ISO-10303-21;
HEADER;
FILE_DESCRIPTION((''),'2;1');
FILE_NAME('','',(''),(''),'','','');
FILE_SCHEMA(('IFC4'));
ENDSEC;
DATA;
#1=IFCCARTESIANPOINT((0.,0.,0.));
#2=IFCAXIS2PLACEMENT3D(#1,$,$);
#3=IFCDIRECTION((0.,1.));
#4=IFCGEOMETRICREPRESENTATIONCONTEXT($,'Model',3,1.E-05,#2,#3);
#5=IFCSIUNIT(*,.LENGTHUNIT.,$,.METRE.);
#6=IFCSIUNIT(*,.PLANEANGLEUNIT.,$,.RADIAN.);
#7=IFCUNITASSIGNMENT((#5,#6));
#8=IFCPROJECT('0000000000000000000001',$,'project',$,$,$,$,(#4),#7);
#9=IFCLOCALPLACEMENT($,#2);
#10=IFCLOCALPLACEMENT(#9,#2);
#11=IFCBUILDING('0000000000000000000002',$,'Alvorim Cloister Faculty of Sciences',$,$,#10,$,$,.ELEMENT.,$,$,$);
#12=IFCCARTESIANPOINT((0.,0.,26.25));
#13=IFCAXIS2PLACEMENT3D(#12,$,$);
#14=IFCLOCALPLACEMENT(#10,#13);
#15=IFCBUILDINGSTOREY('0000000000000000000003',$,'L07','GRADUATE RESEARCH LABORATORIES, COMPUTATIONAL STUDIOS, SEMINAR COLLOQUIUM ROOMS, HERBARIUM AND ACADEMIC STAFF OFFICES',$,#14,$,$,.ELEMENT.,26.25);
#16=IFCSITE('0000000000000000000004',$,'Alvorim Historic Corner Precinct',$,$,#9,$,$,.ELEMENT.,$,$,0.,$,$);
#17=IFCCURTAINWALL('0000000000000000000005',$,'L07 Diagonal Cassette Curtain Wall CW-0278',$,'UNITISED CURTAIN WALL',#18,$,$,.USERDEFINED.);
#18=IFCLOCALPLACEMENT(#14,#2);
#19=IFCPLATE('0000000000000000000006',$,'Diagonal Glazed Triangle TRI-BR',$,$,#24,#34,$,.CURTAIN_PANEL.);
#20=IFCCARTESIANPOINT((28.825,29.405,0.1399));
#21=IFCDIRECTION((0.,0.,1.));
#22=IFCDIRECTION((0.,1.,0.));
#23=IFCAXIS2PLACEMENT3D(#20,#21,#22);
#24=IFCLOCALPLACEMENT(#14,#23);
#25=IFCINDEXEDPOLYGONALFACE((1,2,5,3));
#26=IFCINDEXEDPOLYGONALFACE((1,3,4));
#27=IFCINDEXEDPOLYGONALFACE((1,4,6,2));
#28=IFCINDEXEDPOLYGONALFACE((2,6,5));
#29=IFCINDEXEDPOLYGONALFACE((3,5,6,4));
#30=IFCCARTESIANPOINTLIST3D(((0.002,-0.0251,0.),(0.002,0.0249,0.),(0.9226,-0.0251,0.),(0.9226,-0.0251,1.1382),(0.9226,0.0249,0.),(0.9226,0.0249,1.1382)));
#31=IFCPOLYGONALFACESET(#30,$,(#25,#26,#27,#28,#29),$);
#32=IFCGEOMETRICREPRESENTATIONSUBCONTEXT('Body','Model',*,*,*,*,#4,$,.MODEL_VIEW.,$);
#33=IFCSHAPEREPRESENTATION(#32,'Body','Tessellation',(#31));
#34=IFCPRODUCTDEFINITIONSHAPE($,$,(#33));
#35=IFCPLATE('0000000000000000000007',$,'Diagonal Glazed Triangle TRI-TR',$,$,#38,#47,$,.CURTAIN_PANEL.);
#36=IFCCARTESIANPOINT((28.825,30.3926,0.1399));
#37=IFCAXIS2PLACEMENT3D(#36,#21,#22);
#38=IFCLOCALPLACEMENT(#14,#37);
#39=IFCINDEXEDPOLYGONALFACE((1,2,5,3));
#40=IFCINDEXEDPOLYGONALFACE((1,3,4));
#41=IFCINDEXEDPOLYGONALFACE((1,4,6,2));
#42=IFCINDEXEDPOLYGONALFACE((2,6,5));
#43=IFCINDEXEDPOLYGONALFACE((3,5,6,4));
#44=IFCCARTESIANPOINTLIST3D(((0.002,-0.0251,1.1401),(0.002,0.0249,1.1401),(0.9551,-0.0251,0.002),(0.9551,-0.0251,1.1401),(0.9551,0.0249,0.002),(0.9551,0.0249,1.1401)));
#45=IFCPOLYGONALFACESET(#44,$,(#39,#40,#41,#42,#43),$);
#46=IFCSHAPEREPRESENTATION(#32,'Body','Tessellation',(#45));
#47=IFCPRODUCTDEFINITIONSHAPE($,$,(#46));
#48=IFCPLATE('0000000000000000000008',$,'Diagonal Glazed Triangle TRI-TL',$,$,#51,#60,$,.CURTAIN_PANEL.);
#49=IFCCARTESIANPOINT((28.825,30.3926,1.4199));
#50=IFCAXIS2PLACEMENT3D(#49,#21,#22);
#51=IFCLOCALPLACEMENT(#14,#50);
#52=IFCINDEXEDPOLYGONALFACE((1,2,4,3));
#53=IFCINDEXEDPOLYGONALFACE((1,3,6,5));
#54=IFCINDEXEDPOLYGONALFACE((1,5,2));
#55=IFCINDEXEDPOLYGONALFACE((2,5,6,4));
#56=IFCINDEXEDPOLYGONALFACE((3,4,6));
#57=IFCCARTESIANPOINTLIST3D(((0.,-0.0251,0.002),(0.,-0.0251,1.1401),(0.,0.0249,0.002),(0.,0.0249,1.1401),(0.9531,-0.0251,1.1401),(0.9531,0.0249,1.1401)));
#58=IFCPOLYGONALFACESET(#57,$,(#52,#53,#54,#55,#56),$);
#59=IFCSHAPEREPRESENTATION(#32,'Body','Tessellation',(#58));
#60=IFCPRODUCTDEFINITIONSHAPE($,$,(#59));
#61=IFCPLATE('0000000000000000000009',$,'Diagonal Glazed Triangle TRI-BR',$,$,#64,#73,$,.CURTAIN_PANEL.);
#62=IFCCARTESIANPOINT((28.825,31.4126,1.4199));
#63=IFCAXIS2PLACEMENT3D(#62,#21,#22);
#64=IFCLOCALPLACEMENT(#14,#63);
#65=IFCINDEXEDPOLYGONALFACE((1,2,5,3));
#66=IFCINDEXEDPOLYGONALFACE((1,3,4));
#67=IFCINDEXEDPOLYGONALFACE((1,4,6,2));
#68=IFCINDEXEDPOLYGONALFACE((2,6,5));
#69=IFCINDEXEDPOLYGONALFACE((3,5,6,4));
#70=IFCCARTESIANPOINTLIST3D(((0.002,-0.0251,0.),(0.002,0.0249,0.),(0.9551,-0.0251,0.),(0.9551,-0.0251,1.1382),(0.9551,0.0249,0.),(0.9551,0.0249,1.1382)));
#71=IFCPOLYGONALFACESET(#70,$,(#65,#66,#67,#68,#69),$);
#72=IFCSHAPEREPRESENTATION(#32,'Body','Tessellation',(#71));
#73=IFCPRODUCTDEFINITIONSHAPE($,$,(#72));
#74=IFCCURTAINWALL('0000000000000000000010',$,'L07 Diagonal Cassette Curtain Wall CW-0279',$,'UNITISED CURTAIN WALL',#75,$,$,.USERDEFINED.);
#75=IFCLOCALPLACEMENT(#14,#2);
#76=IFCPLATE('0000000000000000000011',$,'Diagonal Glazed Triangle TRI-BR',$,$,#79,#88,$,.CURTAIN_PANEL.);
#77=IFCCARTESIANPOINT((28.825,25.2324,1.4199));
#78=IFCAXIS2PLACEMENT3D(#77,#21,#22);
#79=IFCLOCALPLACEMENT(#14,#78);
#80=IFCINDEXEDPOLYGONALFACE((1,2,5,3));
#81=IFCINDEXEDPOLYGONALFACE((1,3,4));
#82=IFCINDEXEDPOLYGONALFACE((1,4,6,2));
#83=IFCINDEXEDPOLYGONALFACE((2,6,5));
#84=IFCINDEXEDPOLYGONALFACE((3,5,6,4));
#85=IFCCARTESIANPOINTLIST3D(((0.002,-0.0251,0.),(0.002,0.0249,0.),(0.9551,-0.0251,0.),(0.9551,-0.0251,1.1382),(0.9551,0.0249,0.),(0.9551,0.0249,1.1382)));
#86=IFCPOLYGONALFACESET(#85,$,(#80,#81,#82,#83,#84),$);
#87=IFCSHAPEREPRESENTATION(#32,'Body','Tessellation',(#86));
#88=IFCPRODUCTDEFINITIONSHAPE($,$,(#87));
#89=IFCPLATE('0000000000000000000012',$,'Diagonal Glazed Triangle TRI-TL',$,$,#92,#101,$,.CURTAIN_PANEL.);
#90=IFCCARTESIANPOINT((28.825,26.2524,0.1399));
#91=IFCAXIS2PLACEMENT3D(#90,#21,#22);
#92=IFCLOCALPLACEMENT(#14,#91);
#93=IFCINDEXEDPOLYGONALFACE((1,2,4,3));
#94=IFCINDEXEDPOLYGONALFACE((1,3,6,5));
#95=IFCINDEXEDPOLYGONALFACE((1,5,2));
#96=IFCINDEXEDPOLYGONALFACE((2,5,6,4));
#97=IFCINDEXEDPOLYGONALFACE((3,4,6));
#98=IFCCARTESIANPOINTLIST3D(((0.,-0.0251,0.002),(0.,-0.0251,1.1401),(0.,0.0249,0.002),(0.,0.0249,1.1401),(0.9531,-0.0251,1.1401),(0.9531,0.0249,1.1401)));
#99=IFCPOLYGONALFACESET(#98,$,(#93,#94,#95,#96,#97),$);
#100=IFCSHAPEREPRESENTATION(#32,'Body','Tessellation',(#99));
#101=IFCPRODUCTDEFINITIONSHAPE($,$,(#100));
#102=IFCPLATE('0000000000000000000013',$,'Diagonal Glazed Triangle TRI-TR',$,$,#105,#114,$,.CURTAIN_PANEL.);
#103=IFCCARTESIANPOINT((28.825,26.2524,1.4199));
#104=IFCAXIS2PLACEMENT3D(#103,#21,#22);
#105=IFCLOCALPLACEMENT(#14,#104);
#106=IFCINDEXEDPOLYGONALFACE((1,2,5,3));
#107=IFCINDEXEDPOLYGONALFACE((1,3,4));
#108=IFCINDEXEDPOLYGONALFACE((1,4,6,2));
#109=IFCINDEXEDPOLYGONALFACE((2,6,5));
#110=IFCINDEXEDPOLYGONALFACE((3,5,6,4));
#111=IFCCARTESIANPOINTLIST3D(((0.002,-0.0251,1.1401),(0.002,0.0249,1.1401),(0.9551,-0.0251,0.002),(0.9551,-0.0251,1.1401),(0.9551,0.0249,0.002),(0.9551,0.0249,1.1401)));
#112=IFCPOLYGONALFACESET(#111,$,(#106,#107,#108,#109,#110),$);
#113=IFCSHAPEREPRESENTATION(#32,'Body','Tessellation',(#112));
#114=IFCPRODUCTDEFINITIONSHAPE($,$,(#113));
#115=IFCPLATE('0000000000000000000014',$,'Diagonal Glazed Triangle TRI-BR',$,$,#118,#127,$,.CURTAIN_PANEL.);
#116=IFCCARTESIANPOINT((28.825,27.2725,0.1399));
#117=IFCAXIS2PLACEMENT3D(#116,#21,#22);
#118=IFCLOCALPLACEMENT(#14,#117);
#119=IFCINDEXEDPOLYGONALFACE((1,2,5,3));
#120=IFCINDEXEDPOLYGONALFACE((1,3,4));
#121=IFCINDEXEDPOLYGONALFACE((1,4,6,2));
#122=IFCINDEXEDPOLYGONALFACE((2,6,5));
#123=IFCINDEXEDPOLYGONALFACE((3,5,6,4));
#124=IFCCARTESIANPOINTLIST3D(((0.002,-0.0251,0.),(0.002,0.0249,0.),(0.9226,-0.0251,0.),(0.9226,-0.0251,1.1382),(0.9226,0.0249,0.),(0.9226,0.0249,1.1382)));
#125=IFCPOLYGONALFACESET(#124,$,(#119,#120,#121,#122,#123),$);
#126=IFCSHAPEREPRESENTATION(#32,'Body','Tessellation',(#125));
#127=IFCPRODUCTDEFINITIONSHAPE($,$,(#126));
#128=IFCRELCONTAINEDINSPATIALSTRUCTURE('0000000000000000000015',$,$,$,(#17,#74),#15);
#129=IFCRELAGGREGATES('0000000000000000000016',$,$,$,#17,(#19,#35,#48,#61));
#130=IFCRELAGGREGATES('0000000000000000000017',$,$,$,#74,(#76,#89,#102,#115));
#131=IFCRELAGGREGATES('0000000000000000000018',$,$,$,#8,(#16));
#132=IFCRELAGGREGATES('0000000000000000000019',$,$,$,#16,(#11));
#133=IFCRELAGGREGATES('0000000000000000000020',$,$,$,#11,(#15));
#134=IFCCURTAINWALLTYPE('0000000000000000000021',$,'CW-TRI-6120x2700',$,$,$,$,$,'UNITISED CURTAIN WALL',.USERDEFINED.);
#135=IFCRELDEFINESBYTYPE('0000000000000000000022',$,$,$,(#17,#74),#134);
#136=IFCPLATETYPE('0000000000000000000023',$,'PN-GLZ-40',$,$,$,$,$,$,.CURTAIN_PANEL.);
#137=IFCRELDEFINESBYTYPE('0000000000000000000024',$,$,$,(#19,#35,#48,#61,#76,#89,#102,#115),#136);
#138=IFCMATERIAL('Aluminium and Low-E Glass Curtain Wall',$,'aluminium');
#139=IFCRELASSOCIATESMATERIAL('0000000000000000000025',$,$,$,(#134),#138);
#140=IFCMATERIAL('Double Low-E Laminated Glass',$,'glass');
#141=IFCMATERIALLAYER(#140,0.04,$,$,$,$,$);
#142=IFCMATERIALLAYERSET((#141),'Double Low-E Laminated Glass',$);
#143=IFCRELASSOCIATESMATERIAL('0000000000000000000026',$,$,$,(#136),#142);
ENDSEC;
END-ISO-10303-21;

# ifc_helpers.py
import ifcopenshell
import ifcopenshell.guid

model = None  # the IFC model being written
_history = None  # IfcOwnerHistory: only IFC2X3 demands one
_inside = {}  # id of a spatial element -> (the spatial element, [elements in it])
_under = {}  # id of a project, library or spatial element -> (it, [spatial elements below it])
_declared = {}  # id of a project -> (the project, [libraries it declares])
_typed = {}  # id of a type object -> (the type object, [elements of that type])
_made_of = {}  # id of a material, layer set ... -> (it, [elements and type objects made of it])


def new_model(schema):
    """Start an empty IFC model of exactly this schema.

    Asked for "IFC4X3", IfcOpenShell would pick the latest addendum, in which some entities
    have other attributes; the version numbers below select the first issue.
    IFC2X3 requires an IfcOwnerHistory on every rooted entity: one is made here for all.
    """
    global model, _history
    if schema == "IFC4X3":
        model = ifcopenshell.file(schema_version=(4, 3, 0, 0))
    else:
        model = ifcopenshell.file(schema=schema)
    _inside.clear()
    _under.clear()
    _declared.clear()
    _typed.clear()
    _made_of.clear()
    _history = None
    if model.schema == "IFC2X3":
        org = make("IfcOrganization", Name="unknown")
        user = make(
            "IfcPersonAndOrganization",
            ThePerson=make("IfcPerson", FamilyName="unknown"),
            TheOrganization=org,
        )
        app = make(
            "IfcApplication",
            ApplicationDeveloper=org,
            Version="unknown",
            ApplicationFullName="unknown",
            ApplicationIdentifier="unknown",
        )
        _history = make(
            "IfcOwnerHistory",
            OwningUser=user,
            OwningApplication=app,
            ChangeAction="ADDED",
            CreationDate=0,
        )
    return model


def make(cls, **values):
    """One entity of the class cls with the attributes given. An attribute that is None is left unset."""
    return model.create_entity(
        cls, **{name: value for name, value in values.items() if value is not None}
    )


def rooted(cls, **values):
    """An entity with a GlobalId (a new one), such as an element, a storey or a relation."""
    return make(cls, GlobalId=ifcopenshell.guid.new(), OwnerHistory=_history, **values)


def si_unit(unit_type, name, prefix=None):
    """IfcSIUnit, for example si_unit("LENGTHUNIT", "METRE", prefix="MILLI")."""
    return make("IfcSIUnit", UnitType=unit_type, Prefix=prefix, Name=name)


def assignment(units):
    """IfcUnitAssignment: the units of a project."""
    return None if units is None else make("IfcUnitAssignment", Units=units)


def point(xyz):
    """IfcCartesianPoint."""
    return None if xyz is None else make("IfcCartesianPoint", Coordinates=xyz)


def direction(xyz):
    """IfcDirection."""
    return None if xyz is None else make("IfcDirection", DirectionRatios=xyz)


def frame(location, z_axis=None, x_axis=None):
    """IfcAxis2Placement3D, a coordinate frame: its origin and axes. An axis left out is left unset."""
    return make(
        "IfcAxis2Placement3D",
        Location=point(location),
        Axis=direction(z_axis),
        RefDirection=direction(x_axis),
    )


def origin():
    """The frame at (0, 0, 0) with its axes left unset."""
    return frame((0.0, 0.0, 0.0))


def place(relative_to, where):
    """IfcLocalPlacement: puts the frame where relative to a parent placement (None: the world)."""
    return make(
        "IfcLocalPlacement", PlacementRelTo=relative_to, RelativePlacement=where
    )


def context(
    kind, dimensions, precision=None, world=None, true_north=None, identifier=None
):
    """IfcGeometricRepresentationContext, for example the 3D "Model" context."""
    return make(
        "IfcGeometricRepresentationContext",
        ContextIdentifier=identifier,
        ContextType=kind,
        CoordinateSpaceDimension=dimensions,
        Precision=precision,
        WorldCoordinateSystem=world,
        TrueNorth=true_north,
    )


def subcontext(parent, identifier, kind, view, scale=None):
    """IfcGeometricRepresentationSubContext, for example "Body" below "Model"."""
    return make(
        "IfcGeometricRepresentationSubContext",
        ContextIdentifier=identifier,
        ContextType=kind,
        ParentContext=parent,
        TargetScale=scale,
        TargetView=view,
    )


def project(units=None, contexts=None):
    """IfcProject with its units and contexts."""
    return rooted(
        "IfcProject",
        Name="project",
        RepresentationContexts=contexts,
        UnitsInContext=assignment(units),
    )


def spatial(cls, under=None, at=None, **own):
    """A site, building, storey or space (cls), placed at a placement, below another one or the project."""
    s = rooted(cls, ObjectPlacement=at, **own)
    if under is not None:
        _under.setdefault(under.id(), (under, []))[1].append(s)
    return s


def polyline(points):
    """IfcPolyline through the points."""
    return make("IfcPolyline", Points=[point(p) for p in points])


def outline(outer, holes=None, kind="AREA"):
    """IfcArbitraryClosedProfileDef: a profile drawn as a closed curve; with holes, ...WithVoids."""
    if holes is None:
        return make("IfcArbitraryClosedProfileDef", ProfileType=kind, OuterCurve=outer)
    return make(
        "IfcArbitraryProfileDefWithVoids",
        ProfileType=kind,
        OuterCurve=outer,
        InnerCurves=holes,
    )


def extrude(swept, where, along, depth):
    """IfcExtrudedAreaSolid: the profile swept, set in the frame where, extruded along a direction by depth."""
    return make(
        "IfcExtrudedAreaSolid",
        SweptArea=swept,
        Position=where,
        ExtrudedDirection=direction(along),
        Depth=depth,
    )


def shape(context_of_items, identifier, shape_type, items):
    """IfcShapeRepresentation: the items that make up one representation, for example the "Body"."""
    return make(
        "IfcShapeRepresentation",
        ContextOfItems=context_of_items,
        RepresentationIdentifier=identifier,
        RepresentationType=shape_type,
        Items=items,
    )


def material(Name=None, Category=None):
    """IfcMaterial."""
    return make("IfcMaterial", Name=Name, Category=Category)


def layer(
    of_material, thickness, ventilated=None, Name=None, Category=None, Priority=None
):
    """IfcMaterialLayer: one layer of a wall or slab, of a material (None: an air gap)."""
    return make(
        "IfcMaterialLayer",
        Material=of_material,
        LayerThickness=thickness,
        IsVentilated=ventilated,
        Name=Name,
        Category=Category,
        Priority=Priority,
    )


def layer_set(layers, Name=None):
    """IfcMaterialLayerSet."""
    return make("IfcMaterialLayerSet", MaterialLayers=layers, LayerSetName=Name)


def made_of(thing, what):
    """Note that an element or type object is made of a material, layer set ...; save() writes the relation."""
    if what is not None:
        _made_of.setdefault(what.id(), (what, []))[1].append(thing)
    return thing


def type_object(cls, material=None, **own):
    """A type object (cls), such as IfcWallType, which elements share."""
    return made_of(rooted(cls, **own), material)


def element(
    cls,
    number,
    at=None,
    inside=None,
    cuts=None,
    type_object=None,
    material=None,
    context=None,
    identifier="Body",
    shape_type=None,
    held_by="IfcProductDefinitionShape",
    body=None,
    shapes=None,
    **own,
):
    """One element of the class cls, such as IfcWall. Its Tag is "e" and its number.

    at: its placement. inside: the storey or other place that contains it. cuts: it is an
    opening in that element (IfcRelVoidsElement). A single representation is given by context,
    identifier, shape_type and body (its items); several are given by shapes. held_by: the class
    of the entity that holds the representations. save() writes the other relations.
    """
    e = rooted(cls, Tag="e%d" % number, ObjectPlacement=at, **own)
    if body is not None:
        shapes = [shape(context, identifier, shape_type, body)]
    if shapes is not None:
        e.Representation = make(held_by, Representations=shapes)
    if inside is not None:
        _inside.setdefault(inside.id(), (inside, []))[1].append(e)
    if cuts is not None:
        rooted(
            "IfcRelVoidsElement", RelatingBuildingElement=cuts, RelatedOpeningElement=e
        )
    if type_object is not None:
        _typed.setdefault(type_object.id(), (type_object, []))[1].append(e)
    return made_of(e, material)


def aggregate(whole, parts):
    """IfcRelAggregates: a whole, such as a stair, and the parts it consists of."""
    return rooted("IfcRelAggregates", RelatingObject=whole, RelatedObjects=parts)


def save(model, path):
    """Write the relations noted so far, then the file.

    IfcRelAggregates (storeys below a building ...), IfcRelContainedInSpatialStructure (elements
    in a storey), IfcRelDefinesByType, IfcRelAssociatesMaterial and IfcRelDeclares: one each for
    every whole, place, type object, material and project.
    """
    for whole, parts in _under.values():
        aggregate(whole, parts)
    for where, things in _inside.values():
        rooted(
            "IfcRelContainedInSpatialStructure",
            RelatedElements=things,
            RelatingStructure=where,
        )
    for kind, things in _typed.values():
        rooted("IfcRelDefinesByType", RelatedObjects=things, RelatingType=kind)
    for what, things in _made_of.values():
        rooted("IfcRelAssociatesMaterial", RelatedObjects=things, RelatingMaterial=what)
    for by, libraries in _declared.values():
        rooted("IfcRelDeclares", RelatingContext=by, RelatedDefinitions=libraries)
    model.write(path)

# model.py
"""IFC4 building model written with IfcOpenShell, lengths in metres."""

from ifc_helpers import new_model, si_unit, direction, frame, origin, place, context, subcontext, project, spatial, polyline, outline, extrude, material, layer, layer_set, type_object, element, aggregate, save


model = new_model("IFC4")

# Units and contexts
model_context = context("Model", 3, precision=1e-05, world=origin(), true_north=direction((0.0, 1.0)))
body_context = subcontext(model_context, "Body", "Model", "MODEL_VIEW")
ifc_project = project(units=[si_unit("LENGTHUNIT", "METRE"), si_unit("PLANEANGLEUNIT", "RADIAN")], contexts=[model_context])

# Site, building, storey
site_placement = place(None, origin())
site = spatial("IfcSite", under=ifc_project, at=site_placement, Name="Alvorim Historic Corner Precinct", CompositionType="ELEMENT", RefElevation=0.0)
building_placement = place(site_placement, origin())
building = spatial("IfcBuilding", under=site, at=building_placement, Name="Alvorim Cloister Faculty of Sciences", CompositionType="ELEMENT")
storey_placement = place(building_placement, frame((0.0, 0.0, 26.25)))
storey = spatial("IfcBuildingStorey", under=building, at=storey_placement, Name="L07", Description="GRADUATE RESEARCH LABORATORIES, COMPUTATIONAL STUDIOS, SEMINAR COLLOQUIUM ROOMS, HERBARIUM AND ACADEMIC STAFF OFFICES", CompositionType="ELEMENT", Elevation=26.25)

# Curtain wall
ifc_material_1 = material(Name="Aluminium and Low-E Glass Curtain Wall", Category="aluminium")
curtain_wall_type = type_object("IfcCurtainWallType", Name="CW-TRI-6120x2700", ElementType="UNITISED CURTAIN WALL", PredefinedType="USERDEFINED", material=ifc_material_1)
curtain_wall_1_placement = place(storey_placement, origin())
curtain_wall_1 = element("IfcCurtainWall", 1, at=curtain_wall_1_placement, inside=storey, type_object=curtain_wall_type, Name="L07 Diagonal Cassette Curtain Wall CW-0278", ObjectType="UNITISED CURTAIN WALL", PredefinedType="USERDEFINED")

# Plates
ifc_material_2 = material(Name="Double Low-E Laminated Glass", Category="glass")
ifc_layer_1 = layer(ifc_material_2, 0.04)
ifc_layer_set_1 = layer_set([ifc_layer_1], Name="Double Low-E Laminated Glass")
plate_type_1 = type_object("IfcPlateType", Name="PN-GLZ-40", PredefinedType="CURTAIN_PANEL", material=ifc_layer_set_1)
plate_1_placement = place(storey_placement, frame((28.825, 29.405, 0.1399), z_axis=(0.0, 0.0, 1.0), x_axis=(0.0, 1.0, 0.0)))
plate_1 = element("IfcPlate", 2, at=plate_1_placement, type_object=plate_type_1, Name="Diagonal Glazed Triangle TRI-BR", PredefinedType="CURTAIN_PANEL", context=body_context, shape_type="SweptSolid", body=[
    extrude(outline(polyline([(0.002, 0.0), (0.9226, 0.0), (0.9226, 1.1382), (0.002, 0.0)])), frame((0.0, 0.0249, 0.0), z_axis=(0.0, -1.0, 0.0), x_axis=(1.0, 0.0, 0.0)), (0.0, 0.0, 1.0), 0.05),
])
plate_2_placement = place(storey_placement, frame((28.825, 30.3926, 0.1399), z_axis=(0.0, 0.0, 1.0), x_axis=(0.0, 1.0, 0.0)))
plate_2 = element("IfcPlate", 3, at=plate_2_placement, type_object=plate_type_1, Name="Diagonal Glazed Triangle TRI-TR", PredefinedType="CURTAIN_PANEL", context=body_context, shape_type="SweptSolid", body=[
    extrude(outline(polyline([(0.9551, 0.002), (0.9551, 1.1401), (0.002, 1.1401), (0.9551, 0.002)])), frame((0.0, 0.0249, 0.0), z_axis=(0.0, -1.0, 0.0), x_axis=(1.0, 0.0, 0.0)), (0.0, 0.0, 1.0), 0.05),
])
plate_3_placement = place(storey_placement, frame((28.825, 30.3926, 1.4199), z_axis=(0.0, 0.0, 1.0), x_axis=(0.0, 1.0, 0.0)))
plate_3 = element("IfcPlate", 4, at=plate_3_placement, type_object=plate_type_1, Name="Diagonal Glazed Triangle TRI-TL", PredefinedType="CURTAIN_PANEL", context=body_context, shape_type="SweptSolid", body=[
    extrude(outline(polyline([(0.9531, 1.1401), (0.0, 1.1401), (0.0, 0.002), (0.9531, 1.1401)])), frame((0.0, 0.0249, 0.0), z_axis=(0.0, -1.0, 0.0), x_axis=(1.0, 0.0, 0.0)), (0.0, 0.0, 1.0), 0.05),
])
plate_4_placement = place(storey_placement, frame((28.825, 31.4126, 1.4199), z_axis=(0.0, 0.0, 1.0), x_axis=(0.0, 1.0, 0.0)))
plate_4 = element("IfcPlate", 5, at=plate_4_placement, type_object=plate_type_1, Name="Diagonal Glazed Triangle TRI-BR", PredefinedType="CURTAIN_PANEL", context=body_context, shape_type="SweptSolid", body=[
    extrude(outline(polyline([(0.002, 0.0), (0.9551, 0.0), (0.9551, 1.1382), (0.002, 0.0)])), frame((0.0, 0.0249, 0.0), z_axis=(0.0, -1.0, 0.0), x_axis=(1.0, 0.0, 0.0)), (0.0, 0.0, 1.0), 0.05),
])
aggregate(curtain_wall_1, [plate_1, plate_2, plate_3, plate_4])

# Curtain wall, plates
curtain_wall_2_placement = place(storey_placement, origin())
curtain_wall_2 = element("IfcCurtainWall", 6, at=curtain_wall_2_placement, inside=storey, type_object=curtain_wall_type, Name="L07 Diagonal Cassette Curtain Wall CW-0279", ObjectType="UNITISED CURTAIN WALL", PredefinedType="USERDEFINED")
plate_5_placement = place(storey_placement, frame((28.825, 25.2324, 1.4199), z_axis=(0.0, 0.0, 1.0), x_axis=(0.0, 1.0, 0.0)))
plate_5 = element("IfcPlate", 7, at=plate_5_placement, type_object=plate_type_1, Name="Diagonal Glazed Triangle TRI-BR", PredefinedType="CURTAIN_PANEL", context=body_context, shape_type="SweptSolid", body=[
    extrude(outline(polyline([(0.002, 0.0), (0.9551, 0.0), (0.9551, 1.1382), (0.002, 0.0)])), frame((0.0, 0.0249, 0.0), z_axis=(0.0, -1.0, 0.0), x_axis=(1.0, 0.0, 0.0)), (0.0, 0.0, 1.0), 0.05),
])
plate_6_placement = place(storey_placement, frame((28.825, 26.2524, 0.1399), z_axis=(0.0, 0.0, 1.0), x_axis=(0.0, 1.0, 0.0)))
plate_6 = element("IfcPlate", 8, at=plate_6_placement, type_object=plate_type_1, Name="Diagonal Glazed Triangle TRI-TL", PredefinedType="CURTAIN_PANEL", context=body_context, shape_type="SweptSolid", body=[
    extrude(outline(polyline([(0.9531, 1.1401), (0.0, 1.1401), (0.0, 0.002), (0.9531, 1.1401)])), frame((0.0, 0.0249, 0.0), z_axis=(0.0, -1.0, 0.0), x_axis=(1.0, 0.0, 0.0)), (0.0, 0.0, 1.0), 0.05),
])
plate_7_placement = place(storey_placement, frame((28.825, 26.2524, 1.4199), z_axis=(0.0, 0.0, 1.0), x_axis=(0.0, 1.0, 0.0)))
plate_7 = element("IfcPlate", 9, at=plate_7_placement, type_object=plate_type_1, Name="Diagonal Glazed Triangle TRI-TR", PredefinedType="CURTAIN_PANEL", context=body_context, shape_type="SweptSolid", body=[
    extrude(outline(polyline([(0.9551, 0.002), (0.9551, 1.1401), (0.002, 1.1401), (0.9551, 0.002)])), frame((0.0, 0.0249, 0.0), z_axis=(0.0, -1.0, 0.0), x_axis=(1.0, 0.0, 0.0)), (0.0, 0.0, 1.0), 0.05),
])
plate_8_placement = place(storey_placement, frame((28.825, 27.2725, 0.1399), z_axis=(0.0, 0.0, 1.0), x_axis=(0.0, 1.0, 0.0)))
plate_8 = element("IfcPlate", 10, at=plate_8_placement, type_object=plate_type_1, Name="Diagonal Glazed Triangle TRI-BR", PredefinedType="CURTAIN_PANEL", context=body_context, shape_type="SweptSolid", body=[
    extrude(outline(polyline([(0.002, 0.0), (0.9226, 0.0), (0.9226, 1.1382), (0.002, 0.0)])), frame((0.0, 0.0249, 0.0), z_axis=(0.0, -1.0, 0.0), x_axis=(1.0, 0.0, 0.0)), (0.0, 0.0, 1.0), 0.05),
])
aggregate(curtain_wall_2, [plate_5, plate_6, plate_7, plate_8])

save(model, "model.ifc")
